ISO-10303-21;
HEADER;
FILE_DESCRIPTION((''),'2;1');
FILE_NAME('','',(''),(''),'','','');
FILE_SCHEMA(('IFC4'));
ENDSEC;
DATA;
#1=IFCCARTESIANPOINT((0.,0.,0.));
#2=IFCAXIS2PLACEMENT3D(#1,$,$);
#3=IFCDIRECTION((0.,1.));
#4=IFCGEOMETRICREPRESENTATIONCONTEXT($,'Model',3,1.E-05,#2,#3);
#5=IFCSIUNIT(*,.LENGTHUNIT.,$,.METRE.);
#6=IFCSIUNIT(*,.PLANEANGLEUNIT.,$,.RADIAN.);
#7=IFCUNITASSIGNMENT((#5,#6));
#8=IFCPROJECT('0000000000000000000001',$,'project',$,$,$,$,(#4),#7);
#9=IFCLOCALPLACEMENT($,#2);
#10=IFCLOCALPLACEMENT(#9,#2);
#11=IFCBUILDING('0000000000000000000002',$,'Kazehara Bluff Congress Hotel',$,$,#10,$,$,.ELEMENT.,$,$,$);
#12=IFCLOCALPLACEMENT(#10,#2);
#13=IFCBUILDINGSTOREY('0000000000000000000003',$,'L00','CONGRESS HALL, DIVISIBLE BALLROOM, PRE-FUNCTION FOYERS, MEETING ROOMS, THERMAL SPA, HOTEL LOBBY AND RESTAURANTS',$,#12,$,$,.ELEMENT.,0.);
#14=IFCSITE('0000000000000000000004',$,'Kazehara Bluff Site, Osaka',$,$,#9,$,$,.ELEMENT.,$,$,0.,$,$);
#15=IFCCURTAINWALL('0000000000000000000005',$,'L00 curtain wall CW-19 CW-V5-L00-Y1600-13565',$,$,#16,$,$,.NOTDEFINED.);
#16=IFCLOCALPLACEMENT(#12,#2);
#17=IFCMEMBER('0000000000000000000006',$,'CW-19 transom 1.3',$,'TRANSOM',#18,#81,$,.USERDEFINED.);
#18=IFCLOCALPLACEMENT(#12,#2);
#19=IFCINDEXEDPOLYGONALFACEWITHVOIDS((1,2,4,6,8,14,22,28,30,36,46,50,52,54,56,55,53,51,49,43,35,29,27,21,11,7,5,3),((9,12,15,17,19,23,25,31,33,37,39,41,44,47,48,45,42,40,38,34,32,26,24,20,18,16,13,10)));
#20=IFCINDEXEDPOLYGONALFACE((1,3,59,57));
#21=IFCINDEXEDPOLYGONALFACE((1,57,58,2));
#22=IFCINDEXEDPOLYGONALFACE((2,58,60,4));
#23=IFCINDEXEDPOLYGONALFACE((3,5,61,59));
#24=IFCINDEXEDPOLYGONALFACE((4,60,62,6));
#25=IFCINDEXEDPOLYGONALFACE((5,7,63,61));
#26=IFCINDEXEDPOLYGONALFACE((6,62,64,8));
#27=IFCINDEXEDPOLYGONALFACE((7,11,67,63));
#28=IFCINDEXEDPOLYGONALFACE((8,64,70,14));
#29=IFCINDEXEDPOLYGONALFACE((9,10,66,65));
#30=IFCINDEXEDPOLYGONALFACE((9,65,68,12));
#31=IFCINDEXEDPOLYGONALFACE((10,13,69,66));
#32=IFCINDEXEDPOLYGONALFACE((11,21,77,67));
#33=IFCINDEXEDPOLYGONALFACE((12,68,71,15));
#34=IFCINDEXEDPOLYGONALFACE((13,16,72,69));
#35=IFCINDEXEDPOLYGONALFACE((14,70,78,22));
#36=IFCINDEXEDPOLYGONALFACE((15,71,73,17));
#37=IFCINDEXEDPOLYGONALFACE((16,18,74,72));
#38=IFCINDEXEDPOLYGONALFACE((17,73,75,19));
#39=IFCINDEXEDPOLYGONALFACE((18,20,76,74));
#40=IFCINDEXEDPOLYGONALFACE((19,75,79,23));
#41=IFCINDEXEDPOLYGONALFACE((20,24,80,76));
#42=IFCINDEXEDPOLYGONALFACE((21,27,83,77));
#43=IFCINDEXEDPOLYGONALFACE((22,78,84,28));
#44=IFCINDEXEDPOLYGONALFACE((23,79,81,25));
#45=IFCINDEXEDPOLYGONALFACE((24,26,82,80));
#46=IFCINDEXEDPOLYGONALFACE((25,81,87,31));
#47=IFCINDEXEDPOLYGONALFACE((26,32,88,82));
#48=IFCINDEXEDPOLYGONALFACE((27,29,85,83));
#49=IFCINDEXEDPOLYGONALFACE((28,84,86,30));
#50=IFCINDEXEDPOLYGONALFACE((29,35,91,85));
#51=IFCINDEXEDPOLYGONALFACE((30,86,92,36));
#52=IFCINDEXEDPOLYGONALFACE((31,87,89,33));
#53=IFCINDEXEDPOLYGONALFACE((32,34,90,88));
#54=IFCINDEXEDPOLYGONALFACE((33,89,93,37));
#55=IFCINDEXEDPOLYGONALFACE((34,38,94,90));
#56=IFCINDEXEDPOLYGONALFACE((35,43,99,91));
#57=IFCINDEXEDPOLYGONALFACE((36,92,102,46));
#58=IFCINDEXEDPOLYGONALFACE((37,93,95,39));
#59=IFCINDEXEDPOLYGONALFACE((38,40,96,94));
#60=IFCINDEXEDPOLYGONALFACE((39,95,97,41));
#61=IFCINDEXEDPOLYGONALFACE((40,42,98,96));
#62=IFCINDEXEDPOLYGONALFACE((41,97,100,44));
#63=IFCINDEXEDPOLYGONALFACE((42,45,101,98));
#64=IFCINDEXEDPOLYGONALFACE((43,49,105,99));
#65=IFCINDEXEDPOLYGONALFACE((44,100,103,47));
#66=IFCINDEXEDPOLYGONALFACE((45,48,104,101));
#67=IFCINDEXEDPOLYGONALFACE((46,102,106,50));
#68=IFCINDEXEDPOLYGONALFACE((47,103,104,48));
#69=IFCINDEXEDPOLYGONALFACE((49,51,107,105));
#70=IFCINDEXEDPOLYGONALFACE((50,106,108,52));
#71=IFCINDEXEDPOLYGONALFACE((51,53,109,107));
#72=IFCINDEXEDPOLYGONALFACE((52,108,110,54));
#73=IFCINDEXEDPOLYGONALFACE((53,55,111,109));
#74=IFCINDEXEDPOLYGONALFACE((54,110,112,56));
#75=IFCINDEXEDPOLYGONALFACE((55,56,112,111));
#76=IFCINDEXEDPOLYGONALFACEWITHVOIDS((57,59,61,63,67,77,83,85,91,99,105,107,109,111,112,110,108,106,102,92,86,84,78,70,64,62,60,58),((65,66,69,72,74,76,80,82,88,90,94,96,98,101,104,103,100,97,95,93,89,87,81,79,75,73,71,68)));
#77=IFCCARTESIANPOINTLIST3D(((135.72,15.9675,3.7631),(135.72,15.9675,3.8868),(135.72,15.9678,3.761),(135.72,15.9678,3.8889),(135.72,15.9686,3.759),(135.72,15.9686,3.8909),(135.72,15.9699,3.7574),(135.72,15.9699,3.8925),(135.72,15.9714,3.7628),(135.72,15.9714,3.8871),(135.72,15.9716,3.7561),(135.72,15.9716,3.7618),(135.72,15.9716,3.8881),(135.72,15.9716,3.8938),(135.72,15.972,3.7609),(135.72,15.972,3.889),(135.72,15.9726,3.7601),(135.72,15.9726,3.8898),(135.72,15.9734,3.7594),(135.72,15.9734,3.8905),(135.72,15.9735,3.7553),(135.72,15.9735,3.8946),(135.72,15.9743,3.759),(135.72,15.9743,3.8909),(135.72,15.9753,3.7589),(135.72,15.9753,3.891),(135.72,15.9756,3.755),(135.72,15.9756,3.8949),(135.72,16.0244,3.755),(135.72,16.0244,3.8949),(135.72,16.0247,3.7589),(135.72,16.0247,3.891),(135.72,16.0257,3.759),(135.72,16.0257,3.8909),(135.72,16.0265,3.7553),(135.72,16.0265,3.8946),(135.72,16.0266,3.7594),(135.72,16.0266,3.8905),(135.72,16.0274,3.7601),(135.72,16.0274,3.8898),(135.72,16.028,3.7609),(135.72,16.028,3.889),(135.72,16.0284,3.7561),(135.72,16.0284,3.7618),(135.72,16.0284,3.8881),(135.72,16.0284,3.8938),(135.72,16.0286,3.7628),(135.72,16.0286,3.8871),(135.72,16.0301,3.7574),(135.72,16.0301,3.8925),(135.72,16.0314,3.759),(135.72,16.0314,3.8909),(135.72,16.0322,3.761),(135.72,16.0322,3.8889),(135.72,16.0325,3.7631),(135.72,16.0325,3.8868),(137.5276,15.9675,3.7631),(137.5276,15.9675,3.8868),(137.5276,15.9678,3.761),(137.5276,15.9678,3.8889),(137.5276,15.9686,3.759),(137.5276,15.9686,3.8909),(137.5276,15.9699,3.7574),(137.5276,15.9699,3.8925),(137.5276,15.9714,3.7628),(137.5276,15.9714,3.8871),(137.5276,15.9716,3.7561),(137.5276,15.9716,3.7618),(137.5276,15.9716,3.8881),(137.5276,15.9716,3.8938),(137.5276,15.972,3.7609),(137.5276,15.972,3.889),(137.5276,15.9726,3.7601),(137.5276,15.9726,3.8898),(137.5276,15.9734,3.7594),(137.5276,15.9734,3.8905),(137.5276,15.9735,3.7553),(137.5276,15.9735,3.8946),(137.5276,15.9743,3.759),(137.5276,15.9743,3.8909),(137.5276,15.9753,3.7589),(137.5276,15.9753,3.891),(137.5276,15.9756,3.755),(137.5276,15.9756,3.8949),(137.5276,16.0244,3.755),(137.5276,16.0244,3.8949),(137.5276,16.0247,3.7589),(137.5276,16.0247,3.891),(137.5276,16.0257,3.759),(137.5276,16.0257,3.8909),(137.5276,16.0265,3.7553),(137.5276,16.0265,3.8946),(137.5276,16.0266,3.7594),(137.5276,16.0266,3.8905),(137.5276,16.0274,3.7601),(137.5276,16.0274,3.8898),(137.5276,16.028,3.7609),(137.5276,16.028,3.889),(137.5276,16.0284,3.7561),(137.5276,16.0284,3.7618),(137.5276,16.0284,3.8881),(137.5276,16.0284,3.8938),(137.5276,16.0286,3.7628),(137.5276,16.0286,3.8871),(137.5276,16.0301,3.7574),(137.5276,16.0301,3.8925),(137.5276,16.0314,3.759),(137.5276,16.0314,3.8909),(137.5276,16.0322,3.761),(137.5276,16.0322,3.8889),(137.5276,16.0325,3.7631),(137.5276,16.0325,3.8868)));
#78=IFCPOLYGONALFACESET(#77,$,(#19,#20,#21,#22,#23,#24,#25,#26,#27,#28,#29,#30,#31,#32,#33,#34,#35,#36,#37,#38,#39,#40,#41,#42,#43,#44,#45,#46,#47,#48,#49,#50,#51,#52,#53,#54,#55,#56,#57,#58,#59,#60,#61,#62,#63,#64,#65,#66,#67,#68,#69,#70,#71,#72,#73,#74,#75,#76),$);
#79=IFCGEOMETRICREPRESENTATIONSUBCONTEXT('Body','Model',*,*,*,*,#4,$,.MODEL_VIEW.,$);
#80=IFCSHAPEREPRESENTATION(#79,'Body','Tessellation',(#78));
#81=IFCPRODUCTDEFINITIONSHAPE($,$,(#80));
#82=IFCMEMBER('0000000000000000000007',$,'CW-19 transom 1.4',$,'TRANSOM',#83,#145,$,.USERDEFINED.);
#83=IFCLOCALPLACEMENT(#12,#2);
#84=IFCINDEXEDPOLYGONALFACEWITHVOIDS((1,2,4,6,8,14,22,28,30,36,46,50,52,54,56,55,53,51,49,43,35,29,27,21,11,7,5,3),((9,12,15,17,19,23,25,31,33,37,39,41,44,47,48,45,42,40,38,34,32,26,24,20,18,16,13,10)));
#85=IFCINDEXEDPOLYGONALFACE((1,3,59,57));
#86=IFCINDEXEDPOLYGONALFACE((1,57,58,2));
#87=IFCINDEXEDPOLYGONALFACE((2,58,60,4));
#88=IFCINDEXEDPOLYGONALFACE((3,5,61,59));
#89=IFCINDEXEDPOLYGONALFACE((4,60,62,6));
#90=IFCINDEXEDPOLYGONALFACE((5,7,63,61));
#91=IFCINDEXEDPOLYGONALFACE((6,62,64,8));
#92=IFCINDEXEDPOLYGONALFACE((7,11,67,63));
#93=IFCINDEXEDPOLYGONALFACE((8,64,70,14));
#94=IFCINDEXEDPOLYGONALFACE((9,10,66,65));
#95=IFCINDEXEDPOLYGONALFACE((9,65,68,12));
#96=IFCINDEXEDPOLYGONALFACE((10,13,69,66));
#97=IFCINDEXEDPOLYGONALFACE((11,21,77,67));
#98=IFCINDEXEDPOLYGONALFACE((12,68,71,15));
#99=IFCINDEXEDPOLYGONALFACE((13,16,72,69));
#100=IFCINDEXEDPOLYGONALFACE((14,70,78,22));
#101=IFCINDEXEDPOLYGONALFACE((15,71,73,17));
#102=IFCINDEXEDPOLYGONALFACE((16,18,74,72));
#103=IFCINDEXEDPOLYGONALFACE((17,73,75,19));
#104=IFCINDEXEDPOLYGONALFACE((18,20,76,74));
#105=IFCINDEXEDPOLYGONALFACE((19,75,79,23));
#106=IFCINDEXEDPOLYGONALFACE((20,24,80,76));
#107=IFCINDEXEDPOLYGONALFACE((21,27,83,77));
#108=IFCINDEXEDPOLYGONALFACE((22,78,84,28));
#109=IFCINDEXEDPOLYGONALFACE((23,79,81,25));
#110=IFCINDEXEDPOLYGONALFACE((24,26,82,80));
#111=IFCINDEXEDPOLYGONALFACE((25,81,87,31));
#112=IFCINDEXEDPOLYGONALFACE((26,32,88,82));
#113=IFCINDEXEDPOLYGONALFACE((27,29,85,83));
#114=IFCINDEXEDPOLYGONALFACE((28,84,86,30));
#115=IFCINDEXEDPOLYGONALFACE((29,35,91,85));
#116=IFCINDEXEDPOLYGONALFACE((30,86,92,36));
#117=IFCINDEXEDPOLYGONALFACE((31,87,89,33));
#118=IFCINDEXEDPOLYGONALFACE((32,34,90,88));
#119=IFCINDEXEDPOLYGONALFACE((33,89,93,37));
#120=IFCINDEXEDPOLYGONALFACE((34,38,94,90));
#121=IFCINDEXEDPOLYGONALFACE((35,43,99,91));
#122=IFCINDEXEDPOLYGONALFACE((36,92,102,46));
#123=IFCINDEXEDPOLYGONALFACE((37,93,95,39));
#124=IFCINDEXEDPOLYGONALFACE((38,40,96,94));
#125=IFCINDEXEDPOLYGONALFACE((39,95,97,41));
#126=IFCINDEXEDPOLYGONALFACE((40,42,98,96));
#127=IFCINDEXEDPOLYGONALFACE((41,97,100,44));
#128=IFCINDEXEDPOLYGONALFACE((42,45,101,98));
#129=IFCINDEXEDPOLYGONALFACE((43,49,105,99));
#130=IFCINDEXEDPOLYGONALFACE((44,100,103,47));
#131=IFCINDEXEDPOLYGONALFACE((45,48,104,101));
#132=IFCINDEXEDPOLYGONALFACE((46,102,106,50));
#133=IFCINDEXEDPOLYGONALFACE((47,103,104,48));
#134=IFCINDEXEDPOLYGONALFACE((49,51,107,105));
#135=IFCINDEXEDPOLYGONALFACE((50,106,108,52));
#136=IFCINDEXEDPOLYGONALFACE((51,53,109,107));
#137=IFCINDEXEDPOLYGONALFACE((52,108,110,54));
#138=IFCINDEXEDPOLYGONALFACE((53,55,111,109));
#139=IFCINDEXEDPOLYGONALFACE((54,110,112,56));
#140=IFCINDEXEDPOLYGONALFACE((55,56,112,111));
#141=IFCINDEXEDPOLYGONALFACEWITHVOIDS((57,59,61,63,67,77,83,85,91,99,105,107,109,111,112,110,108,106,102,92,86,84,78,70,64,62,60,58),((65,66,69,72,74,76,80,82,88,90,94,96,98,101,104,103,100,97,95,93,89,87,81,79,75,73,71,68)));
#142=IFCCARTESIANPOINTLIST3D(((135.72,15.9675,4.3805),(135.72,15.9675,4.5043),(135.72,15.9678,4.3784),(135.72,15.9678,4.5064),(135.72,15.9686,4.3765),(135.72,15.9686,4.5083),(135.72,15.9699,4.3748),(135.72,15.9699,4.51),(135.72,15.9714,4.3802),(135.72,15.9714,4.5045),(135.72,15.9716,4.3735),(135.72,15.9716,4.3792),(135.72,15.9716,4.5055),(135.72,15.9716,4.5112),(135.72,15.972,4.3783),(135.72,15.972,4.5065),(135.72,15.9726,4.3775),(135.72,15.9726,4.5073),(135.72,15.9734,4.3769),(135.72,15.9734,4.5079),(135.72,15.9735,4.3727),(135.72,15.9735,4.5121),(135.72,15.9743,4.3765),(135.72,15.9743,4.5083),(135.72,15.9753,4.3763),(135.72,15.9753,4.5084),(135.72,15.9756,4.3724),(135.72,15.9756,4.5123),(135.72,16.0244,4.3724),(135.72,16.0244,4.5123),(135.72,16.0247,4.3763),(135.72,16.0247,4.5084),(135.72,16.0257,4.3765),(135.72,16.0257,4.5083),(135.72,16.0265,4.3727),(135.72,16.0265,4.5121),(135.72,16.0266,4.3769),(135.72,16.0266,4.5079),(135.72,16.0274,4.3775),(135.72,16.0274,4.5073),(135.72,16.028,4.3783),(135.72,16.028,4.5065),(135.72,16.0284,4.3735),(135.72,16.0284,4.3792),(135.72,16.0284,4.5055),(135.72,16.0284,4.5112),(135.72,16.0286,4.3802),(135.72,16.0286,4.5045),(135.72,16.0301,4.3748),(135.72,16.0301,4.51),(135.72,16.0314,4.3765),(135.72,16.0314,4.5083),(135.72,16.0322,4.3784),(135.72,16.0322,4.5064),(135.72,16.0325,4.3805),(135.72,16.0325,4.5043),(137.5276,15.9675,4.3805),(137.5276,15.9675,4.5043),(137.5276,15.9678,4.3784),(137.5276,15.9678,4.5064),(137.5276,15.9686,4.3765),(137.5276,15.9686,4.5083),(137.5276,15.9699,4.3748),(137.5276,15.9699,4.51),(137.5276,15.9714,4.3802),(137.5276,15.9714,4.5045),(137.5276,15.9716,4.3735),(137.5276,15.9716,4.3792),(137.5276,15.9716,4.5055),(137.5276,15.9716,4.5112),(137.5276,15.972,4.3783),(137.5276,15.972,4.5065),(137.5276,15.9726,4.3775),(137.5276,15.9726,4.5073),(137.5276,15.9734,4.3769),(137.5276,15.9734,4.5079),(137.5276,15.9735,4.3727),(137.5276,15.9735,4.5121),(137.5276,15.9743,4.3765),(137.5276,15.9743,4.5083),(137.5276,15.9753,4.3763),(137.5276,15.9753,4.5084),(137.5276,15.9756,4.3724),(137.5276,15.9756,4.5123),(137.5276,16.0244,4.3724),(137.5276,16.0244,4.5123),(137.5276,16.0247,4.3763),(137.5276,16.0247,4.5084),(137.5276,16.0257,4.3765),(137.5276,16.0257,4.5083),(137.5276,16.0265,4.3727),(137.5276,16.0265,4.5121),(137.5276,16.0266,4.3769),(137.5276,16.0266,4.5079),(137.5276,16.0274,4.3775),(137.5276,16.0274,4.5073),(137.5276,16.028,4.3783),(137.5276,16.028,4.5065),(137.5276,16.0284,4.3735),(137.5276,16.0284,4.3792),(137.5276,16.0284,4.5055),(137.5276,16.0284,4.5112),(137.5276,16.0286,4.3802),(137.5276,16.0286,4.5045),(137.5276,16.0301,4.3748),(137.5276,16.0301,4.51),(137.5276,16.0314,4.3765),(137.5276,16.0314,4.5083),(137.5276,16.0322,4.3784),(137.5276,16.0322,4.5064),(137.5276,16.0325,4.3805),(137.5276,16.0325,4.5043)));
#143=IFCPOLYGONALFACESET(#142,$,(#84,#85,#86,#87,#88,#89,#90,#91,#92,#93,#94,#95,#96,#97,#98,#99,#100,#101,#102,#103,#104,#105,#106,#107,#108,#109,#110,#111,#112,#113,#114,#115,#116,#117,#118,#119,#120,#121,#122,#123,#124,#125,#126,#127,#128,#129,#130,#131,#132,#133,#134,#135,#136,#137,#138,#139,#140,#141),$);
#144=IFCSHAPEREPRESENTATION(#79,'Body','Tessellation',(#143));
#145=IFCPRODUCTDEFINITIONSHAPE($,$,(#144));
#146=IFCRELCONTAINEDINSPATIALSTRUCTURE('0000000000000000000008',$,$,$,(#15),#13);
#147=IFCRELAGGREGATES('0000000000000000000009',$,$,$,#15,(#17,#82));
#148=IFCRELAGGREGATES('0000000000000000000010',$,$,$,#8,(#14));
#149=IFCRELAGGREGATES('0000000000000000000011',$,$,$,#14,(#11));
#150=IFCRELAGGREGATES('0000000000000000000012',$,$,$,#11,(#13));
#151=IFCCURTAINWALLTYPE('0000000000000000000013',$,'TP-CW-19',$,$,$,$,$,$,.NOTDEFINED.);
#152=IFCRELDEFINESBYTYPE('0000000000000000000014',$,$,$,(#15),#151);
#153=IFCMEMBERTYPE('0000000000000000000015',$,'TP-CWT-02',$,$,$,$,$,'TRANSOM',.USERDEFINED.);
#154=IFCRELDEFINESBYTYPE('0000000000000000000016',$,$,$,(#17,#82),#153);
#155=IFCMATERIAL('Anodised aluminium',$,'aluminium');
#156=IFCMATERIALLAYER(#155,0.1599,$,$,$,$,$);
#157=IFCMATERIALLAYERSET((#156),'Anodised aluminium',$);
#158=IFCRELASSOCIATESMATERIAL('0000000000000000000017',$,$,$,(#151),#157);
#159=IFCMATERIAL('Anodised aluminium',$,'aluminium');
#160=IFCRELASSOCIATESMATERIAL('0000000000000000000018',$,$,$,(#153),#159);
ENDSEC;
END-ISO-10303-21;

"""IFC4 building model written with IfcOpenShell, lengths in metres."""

from ifc_helpers import new_model, si_unit, direction, frame, origin, origin_2d, place, context, subcontext, project, spatial, hollow_rectangle, extrude, material, layer, layer_set, material_profile, profile_set, type_object, element, aggregate, save


model = new_model("IFC4")

# Units and contexts
model_context = context("Model", 3, precision=1e-05, world=origin(), true_north=direction((0.0, 1.0)))
body_context = subcontext(model_context, "Body", "Model", "MODEL_VIEW")
ifc_project = project(units=[si_unit("LENGTHUNIT", "METRE"), si_unit("PLANEANGLEUNIT", "RADIAN")], contexts=[model_context])

# Site, building, storey
site_placement = place(None, origin())
site = spatial("IfcSite", under=ifc_project, at=site_placement, Name="Kazehara Bluff Site, Osaka", CompositionType="ELEMENT", RefElevation=0.0)
building_placement = place(site_placement, origin())
building = spatial("IfcBuilding", under=site, at=building_placement, Name="Kazehara Bluff Congress Hotel", CompositionType="ELEMENT")
storey_placement = place(building_placement, origin())
storey = spatial("IfcBuildingStorey", under=building, at=storey_placement, Name="L00", Description="CONGRESS HALL, DIVISIBLE BALLROOM, PRE-FUNCTION FOYERS, MEETING ROOMS, THERMAL SPA, HOTEL LOBBY AND RESTAURANTS", CompositionType="ELEMENT", Elevation=0.0)

# Curtain wall
ifc_material_1 = material(Name="Anodised aluminium", Category="aluminium")
ifc_layer_1 = layer(ifc_material_1, 0.1599)
ifc_layer_set_1 = layer_set([ifc_layer_1], Name="Anodised aluminium")
curtain_wall_type_1 = type_object("IfcCurtainWallType", Name="TP-CW-19", PredefinedType="NOTDEFINED", material=ifc_layer_set_1)
curtain_wall_1_placement = place(storey_placement, origin())
curtain_wall_1 = element("IfcCurtainWall", 1, at=curtain_wall_1_placement, inside=storey, type_object=curtain_wall_type_1, Name="L00 curtain wall CW-19 CW-V5-L00-Y1600-13565", PredefinedType="NOTDEFINED")

# Members
ifc_material_2 = material(Name="Anodised aluminium", Category="aluminium")
ifc_material_profile_1 = material_profile(ifc_material_2, hollow_rectangle(XDim=0.0649, YDim=0.1399, WallThickness=0.0039, InnerFilletRadius=0.0039, OuterFilletRadius=0.0081, at=origin_2d()))
ifc_profile_set_1 = profile_set([ifc_material_profile_1], Name="Anodised aluminium")
member_type_1 = type_object("IfcMemberType", Name="TP-CWT-02", ElementType="TRANSOM", PredefinedType="USERDEFINED", material=ifc_profile_set_1)
member_1_placement = place(storey_placement, frame((135.72, 16.0, 3.825), z_axis=(1.0, 0.0, 0.0), x_axis=(0.0, 1.0, 0.0)))
member_1 = element("IfcMember", 2, at=member_1_placement, type_object=member_type_1, Name="CW-19 transom 1.3", ObjectType="TRANSOM", PredefinedType="USERDEFINED", context=body_context, shape_type="SweptSolid", body=[
    extrude(hollow_rectangle(XDim=0.0649, YDim=0.1399, WallThickness=0.0039, InnerFilletRadius=0.0039, OuterFilletRadius=0.0081, at=origin_2d()), origin(), (0.0, 0.0, 1.0), 1.8076),
])
member_2_placement = place(storey_placement, frame((135.72, 16.0, 4.4424), z_axis=(1.0, 0.0, 0.0), x_axis=(0.0, 1.0, 0.0)))
member_2 = element("IfcMember", 3, at=member_2_placement, type_object=member_type_1, Name="CW-19 transom 1.4", ObjectType="TRANSOM", PredefinedType="USERDEFINED", context=body_context, shape_type="SweptSolid", body=[
    extrude(hollow_rectangle(XDim=0.0649, YDim=0.1399, WallThickness=0.0039, InnerFilletRadius=0.0039, OuterFilletRadius=0.0081, at=origin_2d()), origin(), (0.0, 0.0, 1.0), 1.8076),
])

aggregate(curtain_wall_1, [member_1, member_2])

save(model, "model.ifc")
